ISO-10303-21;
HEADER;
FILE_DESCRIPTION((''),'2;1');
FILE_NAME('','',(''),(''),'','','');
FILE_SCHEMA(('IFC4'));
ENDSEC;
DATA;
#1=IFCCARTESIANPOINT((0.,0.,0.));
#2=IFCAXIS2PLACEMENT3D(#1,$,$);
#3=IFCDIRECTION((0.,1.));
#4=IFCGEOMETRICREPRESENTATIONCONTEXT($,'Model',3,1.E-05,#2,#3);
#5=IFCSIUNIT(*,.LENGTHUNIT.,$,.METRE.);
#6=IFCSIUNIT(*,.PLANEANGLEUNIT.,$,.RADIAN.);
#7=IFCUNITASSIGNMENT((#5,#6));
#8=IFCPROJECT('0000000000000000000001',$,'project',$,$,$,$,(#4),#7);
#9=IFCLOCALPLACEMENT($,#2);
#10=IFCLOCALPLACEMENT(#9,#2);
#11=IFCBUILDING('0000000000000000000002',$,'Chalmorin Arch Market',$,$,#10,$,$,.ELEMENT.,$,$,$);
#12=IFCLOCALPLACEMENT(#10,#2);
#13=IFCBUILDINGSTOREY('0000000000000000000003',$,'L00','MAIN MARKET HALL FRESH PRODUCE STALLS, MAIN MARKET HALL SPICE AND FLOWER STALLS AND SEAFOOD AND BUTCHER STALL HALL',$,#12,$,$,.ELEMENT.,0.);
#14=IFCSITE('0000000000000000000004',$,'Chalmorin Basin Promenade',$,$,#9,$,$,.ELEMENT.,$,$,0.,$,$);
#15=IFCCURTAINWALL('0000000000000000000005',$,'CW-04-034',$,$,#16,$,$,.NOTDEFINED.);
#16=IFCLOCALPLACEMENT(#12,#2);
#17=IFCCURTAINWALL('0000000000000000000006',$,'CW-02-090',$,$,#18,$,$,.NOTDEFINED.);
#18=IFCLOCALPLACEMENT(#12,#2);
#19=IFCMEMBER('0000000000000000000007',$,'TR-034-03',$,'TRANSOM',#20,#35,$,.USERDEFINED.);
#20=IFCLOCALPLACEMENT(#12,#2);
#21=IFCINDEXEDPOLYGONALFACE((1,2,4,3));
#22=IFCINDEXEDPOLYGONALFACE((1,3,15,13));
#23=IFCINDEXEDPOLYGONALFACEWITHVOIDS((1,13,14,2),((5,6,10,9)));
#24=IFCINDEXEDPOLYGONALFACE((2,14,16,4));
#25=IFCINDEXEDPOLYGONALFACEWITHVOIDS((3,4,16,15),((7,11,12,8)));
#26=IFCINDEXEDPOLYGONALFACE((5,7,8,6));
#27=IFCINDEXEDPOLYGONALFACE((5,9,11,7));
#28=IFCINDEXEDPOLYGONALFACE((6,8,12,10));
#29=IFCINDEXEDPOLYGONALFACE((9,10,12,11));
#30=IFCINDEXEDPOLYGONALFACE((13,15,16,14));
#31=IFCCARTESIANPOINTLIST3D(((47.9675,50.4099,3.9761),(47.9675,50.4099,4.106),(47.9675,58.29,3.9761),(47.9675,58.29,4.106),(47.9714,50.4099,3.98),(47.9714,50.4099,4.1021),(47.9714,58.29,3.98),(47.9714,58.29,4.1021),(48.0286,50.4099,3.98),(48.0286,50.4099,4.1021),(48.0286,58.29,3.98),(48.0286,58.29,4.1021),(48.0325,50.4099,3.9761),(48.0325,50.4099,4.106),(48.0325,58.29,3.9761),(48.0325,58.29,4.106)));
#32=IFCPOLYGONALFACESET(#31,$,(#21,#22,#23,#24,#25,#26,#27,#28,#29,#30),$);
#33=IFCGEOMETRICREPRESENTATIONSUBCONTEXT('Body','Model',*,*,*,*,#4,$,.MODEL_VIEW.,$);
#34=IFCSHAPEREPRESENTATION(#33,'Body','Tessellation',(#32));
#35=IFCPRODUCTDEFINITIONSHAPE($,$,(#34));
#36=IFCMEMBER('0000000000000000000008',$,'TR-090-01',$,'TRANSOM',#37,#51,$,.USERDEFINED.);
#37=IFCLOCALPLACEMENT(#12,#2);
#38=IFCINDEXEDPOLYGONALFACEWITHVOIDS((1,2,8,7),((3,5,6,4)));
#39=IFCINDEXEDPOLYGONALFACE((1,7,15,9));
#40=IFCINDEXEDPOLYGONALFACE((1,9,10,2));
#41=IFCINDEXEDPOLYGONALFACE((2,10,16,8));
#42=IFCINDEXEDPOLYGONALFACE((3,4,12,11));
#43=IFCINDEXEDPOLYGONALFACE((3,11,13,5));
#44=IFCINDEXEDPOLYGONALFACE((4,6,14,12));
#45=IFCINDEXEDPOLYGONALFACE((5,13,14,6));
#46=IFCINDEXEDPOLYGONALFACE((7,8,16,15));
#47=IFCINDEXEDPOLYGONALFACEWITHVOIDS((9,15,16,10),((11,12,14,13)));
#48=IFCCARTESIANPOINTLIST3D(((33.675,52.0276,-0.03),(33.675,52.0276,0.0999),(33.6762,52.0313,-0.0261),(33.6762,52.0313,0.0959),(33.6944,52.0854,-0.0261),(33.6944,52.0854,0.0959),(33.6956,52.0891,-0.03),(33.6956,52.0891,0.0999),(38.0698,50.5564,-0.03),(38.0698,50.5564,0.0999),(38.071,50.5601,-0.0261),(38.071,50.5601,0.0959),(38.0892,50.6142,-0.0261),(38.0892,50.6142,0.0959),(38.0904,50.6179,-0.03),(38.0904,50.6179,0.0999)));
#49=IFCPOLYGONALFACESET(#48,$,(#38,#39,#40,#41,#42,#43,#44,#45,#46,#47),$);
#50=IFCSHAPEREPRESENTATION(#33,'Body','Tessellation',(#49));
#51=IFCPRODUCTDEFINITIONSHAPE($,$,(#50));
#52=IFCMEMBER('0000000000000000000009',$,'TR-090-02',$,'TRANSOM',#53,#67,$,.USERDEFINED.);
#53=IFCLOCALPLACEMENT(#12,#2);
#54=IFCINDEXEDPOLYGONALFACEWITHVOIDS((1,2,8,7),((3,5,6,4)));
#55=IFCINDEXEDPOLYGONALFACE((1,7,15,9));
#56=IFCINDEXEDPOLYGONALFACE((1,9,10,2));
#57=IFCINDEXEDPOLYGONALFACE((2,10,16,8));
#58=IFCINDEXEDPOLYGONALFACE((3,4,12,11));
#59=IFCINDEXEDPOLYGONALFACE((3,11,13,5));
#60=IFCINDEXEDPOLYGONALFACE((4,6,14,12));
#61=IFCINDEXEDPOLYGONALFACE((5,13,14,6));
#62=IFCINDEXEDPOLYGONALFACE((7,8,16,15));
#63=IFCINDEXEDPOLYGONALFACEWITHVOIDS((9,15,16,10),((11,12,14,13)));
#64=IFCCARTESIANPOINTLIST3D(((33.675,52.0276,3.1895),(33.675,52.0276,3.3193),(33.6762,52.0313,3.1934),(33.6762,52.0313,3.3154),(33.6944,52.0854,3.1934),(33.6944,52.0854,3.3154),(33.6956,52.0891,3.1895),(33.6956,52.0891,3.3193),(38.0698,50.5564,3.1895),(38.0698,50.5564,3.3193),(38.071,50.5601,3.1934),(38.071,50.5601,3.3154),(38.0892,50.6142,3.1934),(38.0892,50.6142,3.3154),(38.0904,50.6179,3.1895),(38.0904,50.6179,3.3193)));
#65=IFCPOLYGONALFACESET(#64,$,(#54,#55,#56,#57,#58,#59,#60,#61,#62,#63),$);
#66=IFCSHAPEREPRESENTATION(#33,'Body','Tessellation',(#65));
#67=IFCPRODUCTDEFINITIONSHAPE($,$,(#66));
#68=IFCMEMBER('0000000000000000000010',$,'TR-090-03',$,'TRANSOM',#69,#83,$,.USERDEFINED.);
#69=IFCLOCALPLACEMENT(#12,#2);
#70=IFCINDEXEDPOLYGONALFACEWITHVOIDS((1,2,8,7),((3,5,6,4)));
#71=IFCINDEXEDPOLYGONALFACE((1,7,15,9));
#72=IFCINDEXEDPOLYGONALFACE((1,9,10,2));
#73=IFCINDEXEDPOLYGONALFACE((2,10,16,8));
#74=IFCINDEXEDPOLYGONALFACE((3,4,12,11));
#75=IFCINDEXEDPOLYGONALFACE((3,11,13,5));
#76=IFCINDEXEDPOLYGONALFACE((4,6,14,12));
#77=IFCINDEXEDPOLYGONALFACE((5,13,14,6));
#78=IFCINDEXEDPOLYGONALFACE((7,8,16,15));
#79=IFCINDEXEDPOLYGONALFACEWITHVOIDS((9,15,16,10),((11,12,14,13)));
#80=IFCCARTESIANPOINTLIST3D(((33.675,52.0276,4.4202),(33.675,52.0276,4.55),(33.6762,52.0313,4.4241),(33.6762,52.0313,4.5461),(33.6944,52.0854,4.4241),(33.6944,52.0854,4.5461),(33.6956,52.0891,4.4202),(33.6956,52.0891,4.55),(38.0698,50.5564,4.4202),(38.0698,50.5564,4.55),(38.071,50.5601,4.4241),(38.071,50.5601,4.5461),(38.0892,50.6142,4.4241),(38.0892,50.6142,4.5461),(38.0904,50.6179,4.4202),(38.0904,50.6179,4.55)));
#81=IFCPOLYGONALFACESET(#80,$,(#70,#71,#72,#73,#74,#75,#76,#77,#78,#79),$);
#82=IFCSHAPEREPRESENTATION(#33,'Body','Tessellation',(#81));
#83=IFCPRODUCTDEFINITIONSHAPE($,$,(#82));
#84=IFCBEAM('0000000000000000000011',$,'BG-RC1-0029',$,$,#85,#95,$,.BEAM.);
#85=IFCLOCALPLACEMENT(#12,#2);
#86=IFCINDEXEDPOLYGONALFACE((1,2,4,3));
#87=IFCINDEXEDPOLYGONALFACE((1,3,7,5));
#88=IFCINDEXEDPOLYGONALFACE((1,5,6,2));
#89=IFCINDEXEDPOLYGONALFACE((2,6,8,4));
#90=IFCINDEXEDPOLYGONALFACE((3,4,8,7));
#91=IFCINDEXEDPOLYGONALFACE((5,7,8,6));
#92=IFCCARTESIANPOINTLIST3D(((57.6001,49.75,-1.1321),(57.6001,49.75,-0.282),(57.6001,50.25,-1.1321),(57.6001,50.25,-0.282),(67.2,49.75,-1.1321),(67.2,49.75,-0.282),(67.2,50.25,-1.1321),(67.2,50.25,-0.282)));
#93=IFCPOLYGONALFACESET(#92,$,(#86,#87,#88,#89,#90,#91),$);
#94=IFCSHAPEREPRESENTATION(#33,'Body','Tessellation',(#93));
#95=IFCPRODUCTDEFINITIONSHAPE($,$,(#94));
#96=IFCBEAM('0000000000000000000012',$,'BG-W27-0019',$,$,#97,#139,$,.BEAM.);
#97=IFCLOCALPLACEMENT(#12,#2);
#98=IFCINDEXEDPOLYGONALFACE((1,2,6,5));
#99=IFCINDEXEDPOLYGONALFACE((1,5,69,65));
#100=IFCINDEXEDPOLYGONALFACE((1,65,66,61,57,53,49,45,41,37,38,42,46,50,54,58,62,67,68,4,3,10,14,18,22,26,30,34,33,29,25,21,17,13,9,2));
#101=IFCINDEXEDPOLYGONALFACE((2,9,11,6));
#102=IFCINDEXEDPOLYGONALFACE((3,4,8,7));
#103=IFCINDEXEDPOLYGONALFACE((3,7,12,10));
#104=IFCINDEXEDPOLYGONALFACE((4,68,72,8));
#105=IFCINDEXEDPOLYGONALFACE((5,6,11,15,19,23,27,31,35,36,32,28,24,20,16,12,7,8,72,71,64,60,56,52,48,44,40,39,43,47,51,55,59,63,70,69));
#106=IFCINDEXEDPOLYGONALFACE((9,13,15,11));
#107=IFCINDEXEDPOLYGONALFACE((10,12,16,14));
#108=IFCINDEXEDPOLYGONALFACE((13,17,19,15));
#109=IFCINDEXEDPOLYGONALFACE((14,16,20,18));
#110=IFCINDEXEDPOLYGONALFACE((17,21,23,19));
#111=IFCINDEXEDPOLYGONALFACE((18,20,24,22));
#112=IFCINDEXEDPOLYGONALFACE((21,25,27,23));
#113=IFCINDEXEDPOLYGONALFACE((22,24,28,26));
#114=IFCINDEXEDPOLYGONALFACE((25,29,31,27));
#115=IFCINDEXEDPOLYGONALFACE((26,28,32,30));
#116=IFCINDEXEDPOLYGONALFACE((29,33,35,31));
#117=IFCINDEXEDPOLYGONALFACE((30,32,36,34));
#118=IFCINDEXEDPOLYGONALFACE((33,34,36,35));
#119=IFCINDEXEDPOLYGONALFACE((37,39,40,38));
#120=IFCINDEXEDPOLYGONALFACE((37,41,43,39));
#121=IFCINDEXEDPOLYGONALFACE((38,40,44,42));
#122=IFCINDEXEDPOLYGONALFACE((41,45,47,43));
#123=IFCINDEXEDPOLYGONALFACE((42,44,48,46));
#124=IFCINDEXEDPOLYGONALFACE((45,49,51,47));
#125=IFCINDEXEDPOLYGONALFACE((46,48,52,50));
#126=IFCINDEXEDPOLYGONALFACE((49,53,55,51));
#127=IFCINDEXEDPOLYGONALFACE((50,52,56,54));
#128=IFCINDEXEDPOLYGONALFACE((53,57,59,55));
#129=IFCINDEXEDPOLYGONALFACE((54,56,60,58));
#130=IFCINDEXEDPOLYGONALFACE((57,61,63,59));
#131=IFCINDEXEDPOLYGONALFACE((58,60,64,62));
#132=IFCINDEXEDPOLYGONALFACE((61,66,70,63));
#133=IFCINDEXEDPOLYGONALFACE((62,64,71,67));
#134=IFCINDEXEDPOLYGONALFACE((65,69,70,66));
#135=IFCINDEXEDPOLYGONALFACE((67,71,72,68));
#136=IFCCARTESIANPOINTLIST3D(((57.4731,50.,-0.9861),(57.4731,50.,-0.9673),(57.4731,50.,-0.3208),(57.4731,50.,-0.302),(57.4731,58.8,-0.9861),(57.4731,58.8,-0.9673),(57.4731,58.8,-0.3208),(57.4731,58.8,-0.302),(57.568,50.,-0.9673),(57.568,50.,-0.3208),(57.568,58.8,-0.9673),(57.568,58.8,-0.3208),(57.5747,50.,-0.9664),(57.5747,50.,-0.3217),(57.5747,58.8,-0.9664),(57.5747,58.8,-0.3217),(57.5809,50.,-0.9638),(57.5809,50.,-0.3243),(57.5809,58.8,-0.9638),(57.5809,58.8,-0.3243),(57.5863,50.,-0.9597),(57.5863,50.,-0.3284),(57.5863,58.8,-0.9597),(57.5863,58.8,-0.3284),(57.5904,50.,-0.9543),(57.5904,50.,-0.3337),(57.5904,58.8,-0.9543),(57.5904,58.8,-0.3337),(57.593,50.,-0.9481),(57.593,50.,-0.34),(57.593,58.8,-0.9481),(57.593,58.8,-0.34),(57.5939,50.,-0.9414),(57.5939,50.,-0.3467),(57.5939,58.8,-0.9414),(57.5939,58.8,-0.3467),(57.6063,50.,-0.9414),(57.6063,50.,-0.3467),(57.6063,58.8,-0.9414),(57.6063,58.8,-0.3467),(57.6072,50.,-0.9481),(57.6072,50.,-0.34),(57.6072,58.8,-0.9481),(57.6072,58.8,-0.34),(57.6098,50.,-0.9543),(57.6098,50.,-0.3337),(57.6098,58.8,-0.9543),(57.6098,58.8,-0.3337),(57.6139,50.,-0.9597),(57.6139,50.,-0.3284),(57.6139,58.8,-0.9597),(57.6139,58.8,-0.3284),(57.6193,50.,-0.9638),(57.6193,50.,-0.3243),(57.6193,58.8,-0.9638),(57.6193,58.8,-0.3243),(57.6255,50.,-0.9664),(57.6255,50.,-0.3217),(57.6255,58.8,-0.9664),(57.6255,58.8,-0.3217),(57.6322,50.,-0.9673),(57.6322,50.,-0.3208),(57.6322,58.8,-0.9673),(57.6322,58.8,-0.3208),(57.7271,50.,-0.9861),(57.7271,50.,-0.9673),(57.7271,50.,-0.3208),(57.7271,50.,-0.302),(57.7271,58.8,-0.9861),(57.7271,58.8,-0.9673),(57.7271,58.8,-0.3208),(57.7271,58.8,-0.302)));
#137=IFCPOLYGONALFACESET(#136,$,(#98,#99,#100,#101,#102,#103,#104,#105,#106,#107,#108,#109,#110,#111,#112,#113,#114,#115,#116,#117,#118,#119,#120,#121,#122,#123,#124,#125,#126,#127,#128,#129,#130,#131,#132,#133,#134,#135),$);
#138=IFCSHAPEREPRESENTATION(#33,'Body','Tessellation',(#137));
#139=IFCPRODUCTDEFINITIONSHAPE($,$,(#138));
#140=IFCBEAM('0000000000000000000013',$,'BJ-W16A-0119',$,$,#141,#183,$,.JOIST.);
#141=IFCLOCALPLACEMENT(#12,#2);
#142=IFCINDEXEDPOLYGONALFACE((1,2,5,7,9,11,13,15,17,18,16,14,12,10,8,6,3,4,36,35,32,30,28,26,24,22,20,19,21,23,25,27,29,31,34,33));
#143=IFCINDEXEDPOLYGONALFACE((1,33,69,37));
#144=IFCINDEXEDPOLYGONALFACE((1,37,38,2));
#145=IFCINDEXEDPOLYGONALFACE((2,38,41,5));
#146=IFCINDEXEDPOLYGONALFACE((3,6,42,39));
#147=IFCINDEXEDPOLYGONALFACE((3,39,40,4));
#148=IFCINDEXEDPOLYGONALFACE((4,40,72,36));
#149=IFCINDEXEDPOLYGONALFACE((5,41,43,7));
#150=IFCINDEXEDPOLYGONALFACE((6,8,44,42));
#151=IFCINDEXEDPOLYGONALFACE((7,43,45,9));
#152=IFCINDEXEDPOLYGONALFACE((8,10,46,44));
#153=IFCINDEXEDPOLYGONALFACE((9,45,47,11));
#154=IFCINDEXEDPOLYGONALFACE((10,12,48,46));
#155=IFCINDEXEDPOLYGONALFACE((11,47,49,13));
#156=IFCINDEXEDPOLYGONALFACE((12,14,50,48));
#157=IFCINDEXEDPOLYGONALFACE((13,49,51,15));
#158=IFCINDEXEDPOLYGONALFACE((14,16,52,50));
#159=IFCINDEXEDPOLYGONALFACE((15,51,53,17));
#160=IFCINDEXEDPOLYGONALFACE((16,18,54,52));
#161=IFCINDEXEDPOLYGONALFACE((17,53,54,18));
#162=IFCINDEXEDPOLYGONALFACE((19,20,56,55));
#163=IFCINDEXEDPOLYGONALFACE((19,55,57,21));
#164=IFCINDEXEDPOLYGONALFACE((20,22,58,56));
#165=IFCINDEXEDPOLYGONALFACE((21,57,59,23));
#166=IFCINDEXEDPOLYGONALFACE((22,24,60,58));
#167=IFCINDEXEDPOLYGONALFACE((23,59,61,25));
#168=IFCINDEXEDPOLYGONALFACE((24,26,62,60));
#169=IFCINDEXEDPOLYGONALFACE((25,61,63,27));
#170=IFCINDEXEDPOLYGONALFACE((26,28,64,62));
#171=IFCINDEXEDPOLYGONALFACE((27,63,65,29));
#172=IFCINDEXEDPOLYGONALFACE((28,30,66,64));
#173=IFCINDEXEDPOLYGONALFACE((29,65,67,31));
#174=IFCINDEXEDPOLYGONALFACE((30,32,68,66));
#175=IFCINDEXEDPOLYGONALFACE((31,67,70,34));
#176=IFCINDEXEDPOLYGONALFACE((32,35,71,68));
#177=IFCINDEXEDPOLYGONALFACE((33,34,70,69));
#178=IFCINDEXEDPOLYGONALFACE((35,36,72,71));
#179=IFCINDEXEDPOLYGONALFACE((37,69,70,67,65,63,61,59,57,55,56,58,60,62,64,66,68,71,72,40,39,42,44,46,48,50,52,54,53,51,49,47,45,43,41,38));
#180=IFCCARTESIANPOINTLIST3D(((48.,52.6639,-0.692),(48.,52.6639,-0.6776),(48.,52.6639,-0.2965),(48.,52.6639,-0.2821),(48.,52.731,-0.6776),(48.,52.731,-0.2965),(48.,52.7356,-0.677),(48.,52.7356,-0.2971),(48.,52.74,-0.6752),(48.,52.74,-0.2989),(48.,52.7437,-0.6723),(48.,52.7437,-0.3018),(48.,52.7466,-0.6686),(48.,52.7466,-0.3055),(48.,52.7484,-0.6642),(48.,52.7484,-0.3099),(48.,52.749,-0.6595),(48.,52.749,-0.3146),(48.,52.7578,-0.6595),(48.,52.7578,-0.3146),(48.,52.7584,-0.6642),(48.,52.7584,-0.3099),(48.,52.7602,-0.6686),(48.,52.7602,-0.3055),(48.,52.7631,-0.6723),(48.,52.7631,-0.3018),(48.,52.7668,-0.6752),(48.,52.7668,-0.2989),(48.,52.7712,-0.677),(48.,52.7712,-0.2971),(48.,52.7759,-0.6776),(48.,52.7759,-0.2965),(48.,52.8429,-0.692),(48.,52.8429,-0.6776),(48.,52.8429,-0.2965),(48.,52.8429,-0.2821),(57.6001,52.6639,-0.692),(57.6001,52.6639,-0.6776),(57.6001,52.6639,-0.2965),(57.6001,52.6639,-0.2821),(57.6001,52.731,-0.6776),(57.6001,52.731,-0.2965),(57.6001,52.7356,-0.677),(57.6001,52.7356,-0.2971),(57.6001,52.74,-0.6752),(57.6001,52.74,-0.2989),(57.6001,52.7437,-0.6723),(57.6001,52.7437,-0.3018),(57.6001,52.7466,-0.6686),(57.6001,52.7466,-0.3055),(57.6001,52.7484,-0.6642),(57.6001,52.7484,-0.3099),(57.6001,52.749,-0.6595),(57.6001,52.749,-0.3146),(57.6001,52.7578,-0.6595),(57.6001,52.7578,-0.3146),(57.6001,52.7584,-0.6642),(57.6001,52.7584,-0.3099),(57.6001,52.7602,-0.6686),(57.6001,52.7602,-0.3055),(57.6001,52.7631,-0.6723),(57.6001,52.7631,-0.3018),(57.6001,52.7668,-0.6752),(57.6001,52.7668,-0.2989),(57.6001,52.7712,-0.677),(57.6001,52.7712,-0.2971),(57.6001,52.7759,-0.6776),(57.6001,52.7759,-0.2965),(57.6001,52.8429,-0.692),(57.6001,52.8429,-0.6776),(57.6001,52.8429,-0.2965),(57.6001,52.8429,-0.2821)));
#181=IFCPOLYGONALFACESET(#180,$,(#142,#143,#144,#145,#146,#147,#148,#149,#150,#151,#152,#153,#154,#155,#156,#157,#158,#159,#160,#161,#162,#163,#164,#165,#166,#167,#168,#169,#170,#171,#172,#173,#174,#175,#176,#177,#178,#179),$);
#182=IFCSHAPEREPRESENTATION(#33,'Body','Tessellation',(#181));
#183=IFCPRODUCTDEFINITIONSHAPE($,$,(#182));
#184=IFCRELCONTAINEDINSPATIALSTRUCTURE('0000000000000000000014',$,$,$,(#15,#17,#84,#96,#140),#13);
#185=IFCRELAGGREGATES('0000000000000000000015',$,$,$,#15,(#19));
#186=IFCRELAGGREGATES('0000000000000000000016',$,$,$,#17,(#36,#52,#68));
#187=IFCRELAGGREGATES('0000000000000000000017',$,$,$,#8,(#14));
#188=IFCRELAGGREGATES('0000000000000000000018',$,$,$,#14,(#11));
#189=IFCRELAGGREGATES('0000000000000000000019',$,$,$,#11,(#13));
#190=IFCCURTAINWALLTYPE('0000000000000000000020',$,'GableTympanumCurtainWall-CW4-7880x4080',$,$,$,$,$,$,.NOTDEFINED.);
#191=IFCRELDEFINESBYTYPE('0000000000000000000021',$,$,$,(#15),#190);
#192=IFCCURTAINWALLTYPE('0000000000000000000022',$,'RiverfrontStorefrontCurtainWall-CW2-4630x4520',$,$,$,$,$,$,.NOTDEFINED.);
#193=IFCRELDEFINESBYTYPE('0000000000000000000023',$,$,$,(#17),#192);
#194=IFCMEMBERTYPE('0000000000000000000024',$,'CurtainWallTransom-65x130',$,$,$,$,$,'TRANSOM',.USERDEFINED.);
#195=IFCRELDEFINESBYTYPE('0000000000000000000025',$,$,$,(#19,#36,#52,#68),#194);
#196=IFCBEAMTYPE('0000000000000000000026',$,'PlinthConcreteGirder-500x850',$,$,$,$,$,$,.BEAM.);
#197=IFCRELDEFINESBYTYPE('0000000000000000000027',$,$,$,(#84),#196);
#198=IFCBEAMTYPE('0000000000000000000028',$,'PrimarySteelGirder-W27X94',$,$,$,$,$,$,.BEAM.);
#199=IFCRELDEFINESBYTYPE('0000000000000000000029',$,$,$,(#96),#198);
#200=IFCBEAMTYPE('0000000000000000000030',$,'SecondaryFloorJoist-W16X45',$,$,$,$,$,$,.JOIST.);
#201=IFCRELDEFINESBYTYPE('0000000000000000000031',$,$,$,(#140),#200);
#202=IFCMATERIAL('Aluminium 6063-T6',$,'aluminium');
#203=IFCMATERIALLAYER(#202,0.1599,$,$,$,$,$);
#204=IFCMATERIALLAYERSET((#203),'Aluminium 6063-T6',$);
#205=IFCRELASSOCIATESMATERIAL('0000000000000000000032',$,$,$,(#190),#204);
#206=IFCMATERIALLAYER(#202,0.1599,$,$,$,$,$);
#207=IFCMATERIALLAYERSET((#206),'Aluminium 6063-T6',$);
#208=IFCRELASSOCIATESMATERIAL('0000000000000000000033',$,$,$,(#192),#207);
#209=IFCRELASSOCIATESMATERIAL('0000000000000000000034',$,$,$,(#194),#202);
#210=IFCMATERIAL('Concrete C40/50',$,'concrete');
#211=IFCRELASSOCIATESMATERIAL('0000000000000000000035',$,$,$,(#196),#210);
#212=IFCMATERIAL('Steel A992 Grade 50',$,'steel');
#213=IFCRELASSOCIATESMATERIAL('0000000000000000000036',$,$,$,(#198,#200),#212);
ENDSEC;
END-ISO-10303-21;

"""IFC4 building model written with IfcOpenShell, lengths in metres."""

from ifc_helpers import new_model, si_unit, direction, frame, origin, origin_2d, place, context, subcontext, project, spatial, rectangle, hollow_rectangle, i_section, extrude, material, layer, layer_set, material_profile, profile_set, type_object, element, aggregate, save


model = new_model("IFC4")

# Units and contexts
model_context = context("Model", 3, precision=1e-05, world=origin(), true_north=direction((0.0, 1.0)))
body_context = subcontext(model_context, "Body", "Model", "MODEL_VIEW")
ifc_project = project(units=[si_unit("LENGTHUNIT", "METRE"), si_unit("PLANEANGLEUNIT", "RADIAN")], contexts=[model_context])

# Site, building, storey
site_placement = place(None, origin())
site = spatial("IfcSite", under=ifc_project, at=site_placement, Name="Chalmorin Basin Promenade", CompositionType="ELEMENT", RefElevation=0.0)
building_placement = place(site_placement, origin())
building = spatial("IfcBuilding", under=site, at=building_placement, Name="Chalmorin Arch Market", CompositionType="ELEMENT")
storey_placement = place(building_placement, origin())
storey = spatial("IfcBuildingStorey", under=building, at=storey_placement, Name="L00", Description="MAIN MARKET HALL FRESH PRODUCE STALLS, MAIN MARKET HALL SPICE AND FLOWER STALLS AND SEAFOOD AND BUTCHER STALL HALL", CompositionType="ELEMENT", Elevation=0.0)

# Shared definitions
ifc_material_1 = material(Name="Concrete C40/50", Category="concrete")

# Curtain wall
ifc_material_2 = material(Name="Aluminium 6063-T6", Category="aluminium")
ifc_layer_1 = layer(ifc_material_2, 0.1599)
ifc_layer_set_1 = layer_set([ifc_layer_1], Name="Aluminium 6063-T6")
curtain_wall_type_1 = type_object("IfcCurtainWallType", Name="GableTympanumCurtainWall-CW4-7880x4080", PredefinedType="NOTDEFINED", material=ifc_layer_set_1)
curtain_wall_1_placement = place(storey_placement, origin())
curtain_wall_1 = element("IfcCurtainWall", 1, at=curtain_wall_1_placement, inside=storey, type_object=curtain_wall_type_1, Name="CW-04-034", PredefinedType="NOTDEFINED")

# Curtain wall
ifc_layer_2 = layer(ifc_material_2, 0.1599)
ifc_layer_set_2 = layer_set([ifc_layer_2], Name="Aluminium 6063-T6")
curtain_wall_type_2 = type_object("IfcCurtainWallType", Name="RiverfrontStorefrontCurtainWall-CW2-4630x4520", PredefinedType="NOTDEFINED", material=ifc_layer_set_2)
curtain_wall_2_placement = place(storey_placement, origin())
curtain_wall_2 = element("IfcCurtainWall", 2, at=curtain_wall_2_placement, inside=storey, type_object=curtain_wall_type_2, Name="CW-02-090", PredefinedType="NOTDEFINED")

# Members
ifc_material_profile_1 = material_profile(ifc_material_2, hollow_rectangle(XDim=0.0649, YDim=0.1299, WallThickness=0.0039, at=origin_2d()), Name="ALU65X130X4")
ifc_profile_set_1 = profile_set([ifc_material_profile_1], Name="Aluminium 6063-T6")
member_type_1 = type_object("IfcMemberType", Name="CurtainWallTransom-65x130", ElementType="TRANSOM", PredefinedType="USERDEFINED", material=ifc_profile_set_1)
member_1_placement = place(storey_placement, frame((48.0, 50.4099, 4.041), z_axis=(0.0, 1.0, 0.0), x_axis=(-1.0, 0.0, 0.0)))
member_1 = element("IfcMember", 3, at=member_1_placement, type_object=member_type_1, Name="TR-034-03", ObjectType="TRANSOM", PredefinedType="USERDEFINED", context=body_context, shape_type="SweptSolid", body=[
    extrude(hollow_rectangle(XDim=0.0649, YDim=0.1299, WallThickness=0.0039, at=origin_2d()), origin(), (0.0, 0.0, 1.0), 7.8801),
])
member_2_placement = place(storey_placement, frame((33.6853, 52.0583, 0.0349), z_axis=(0.948277, -0.317444, 0.0), x_axis=(0.317444, 0.948277, 0.0)))
member_2 = element("IfcMember", 4, at=member_2_placement, type_object=member_type_1, Name="TR-090-01", ObjectType="TRANSOM", PredefinedType="USERDEFINED", context=body_context, shape_type="SweptSolid", body=[
    extrude(hollow_rectangle(XDim=0.0649, YDim=0.1299, WallThickness=0.0039, at=origin_2d()), origin(), (0.0, 0.0, 1.0), 4.6345),
])
member_3_placement = place(storey_placement, frame((33.6853, 52.0583, 3.2544), z_axis=(0.948277, -0.317444, 0.0), x_axis=(0.317444, 0.948277, 0.0)))
member_3 = element("IfcMember", 5, at=member_3_placement, type_object=member_type_1, Name="TR-090-02", ObjectType="TRANSOM", PredefinedType="USERDEFINED", context=body_context, shape_type="SweptSolid", body=[
    extrude(hollow_rectangle(XDim=0.0649, YDim=0.1299, WallThickness=0.0039, at=origin_2d()), origin(), (0.0, 0.0, 1.0), 4.6345),
])
member_4_placement = place(storey_placement, frame((33.6853, 52.0583, 4.4851), z_axis=(0.948277, -0.317444, 0.0), x_axis=(0.317444, 0.948277, 0.0)))
member_4 = element("IfcMember", 6, at=member_4_placement, type_object=member_type_1, Name="TR-090-03", ObjectType="TRANSOM", PredefinedType="USERDEFINED", context=body_context, shape_type="SweptSolid", body=[
    extrude(hollow_rectangle(XDim=0.0649, YDim=0.1299, WallThickness=0.0039, at=origin_2d()), origin(), (0.0, 0.0, 1.0), 4.6345),
])

# Beams
ifc_material_profile_2 = material_profile(ifc_material_1, rectangle(XDim=0.5, YDim=0.8501, at=origin_2d()), Name="RC500X850")
ifc_profile_set_2 = profile_set([ifc_material_profile_2], Name="Concrete C40/50")
beam_type_1 = type_object("IfcBeamType", Name="PlinthConcreteGirder-500x850", PredefinedType="BEAM", material=ifc_profile_set_2)
beam_1_placement = place(storey_placement, frame((57.6001, 50.0, -0.707), z_axis=(1.0, 0.0, 0.0), x_axis=(0.0, 1.0, 0.0)))
element("IfcBeam", 7, at=beam_1_placement, inside=storey, type_object=beam_type_1, Name="BG-RC1-0029", PredefinedType="BEAM", context=body_context, shape_type="SweptSolid", body=[
    extrude(rectangle(XDim=0.5, YDim=0.8501, at=origin_2d()), origin(), (0.0, 0.0, 1.0), 9.5999),
])
ifc_material_3 = material(Name="Steel A992 Grade 50", Category="steel")
ifc_material_profile_3 = material_profile(ifc_material_3, i_section(OverallWidth=0.2539, OverallDepth=0.6841, WebThickness=0.0125, FlangeThickness=0.0188, FilletRadius=0.0259, at=origin_2d()), Name="W27X94")
ifc_profile_set_3 = profile_set([ifc_material_profile_3], Name="Steel A992 Grade 50")
beam_type_2 = type_object("IfcBeamType", Name="PrimarySteelGirder-W27X94", PredefinedType="BEAM", material=ifc_profile_set_3)
beam_2_placement = place(storey_placement, frame((57.6001, 50.0, -0.644), z_axis=(0.0, 1.0, 0.0), x_axis=(-1.0, 0.0, 0.0)))
element("IfcBeam", 8, at=beam_2_placement, inside=storey, type_object=beam_type_2, Name="BG-W27-0019", PredefinedType="BEAM", context=body_context, shape_type="SweptSolid", body=[
    extrude(i_section(OverallWidth=0.2539, OverallDepth=0.6841, WebThickness=0.0125, FlangeThickness=0.0188, FilletRadius=0.0259, at=origin_2d()), origin(), (0.0, 0.0, 1.0), 8.8),
])
ifc_material_profile_4 = material_profile(ifc_material_3, i_section(OverallWidth=0.179, OverallDepth=0.4099, WebThickness=0.0088, FlangeThickness=0.0144, FilletRadius=0.0181, at=origin_2d()), Name="W16X45")
ifc_profile_set_4 = profile_set([ifc_material_profile_4], Name="Steel A992 Grade 50")
beam_type_3 = type_object("IfcBeamType", Name="SecondaryFloorJoist-W16X45", PredefinedType="JOIST", material=ifc_profile_set_4)
beam_3_placement = place(storey_placement, frame((48.0, 52.7534, -0.4871), z_axis=(1.0, 0.0, 0.0), x_axis=(0.0, 1.0, 0.0)))
element("IfcBeam", 9, at=beam_3_placement, inside=storey, type_object=beam_type_3, Name="BJ-W16A-0119", PredefinedType="JOIST", context=body_context, shape_type="SweptSolid", body=[
    extrude(i_section(OverallWidth=0.179, OverallDepth=0.4099, WebThickness=0.0088, FlangeThickness=0.0144, FilletRadius=0.0181, at=origin_2d()), origin(), (0.0, 0.0, 1.0), 9.6001),
])

aggregate(curtain_wall_1, [member_1])
aggregate(curtain_wall_2, [member_2, member_3, member_4])

save(model, "model.ifc")
